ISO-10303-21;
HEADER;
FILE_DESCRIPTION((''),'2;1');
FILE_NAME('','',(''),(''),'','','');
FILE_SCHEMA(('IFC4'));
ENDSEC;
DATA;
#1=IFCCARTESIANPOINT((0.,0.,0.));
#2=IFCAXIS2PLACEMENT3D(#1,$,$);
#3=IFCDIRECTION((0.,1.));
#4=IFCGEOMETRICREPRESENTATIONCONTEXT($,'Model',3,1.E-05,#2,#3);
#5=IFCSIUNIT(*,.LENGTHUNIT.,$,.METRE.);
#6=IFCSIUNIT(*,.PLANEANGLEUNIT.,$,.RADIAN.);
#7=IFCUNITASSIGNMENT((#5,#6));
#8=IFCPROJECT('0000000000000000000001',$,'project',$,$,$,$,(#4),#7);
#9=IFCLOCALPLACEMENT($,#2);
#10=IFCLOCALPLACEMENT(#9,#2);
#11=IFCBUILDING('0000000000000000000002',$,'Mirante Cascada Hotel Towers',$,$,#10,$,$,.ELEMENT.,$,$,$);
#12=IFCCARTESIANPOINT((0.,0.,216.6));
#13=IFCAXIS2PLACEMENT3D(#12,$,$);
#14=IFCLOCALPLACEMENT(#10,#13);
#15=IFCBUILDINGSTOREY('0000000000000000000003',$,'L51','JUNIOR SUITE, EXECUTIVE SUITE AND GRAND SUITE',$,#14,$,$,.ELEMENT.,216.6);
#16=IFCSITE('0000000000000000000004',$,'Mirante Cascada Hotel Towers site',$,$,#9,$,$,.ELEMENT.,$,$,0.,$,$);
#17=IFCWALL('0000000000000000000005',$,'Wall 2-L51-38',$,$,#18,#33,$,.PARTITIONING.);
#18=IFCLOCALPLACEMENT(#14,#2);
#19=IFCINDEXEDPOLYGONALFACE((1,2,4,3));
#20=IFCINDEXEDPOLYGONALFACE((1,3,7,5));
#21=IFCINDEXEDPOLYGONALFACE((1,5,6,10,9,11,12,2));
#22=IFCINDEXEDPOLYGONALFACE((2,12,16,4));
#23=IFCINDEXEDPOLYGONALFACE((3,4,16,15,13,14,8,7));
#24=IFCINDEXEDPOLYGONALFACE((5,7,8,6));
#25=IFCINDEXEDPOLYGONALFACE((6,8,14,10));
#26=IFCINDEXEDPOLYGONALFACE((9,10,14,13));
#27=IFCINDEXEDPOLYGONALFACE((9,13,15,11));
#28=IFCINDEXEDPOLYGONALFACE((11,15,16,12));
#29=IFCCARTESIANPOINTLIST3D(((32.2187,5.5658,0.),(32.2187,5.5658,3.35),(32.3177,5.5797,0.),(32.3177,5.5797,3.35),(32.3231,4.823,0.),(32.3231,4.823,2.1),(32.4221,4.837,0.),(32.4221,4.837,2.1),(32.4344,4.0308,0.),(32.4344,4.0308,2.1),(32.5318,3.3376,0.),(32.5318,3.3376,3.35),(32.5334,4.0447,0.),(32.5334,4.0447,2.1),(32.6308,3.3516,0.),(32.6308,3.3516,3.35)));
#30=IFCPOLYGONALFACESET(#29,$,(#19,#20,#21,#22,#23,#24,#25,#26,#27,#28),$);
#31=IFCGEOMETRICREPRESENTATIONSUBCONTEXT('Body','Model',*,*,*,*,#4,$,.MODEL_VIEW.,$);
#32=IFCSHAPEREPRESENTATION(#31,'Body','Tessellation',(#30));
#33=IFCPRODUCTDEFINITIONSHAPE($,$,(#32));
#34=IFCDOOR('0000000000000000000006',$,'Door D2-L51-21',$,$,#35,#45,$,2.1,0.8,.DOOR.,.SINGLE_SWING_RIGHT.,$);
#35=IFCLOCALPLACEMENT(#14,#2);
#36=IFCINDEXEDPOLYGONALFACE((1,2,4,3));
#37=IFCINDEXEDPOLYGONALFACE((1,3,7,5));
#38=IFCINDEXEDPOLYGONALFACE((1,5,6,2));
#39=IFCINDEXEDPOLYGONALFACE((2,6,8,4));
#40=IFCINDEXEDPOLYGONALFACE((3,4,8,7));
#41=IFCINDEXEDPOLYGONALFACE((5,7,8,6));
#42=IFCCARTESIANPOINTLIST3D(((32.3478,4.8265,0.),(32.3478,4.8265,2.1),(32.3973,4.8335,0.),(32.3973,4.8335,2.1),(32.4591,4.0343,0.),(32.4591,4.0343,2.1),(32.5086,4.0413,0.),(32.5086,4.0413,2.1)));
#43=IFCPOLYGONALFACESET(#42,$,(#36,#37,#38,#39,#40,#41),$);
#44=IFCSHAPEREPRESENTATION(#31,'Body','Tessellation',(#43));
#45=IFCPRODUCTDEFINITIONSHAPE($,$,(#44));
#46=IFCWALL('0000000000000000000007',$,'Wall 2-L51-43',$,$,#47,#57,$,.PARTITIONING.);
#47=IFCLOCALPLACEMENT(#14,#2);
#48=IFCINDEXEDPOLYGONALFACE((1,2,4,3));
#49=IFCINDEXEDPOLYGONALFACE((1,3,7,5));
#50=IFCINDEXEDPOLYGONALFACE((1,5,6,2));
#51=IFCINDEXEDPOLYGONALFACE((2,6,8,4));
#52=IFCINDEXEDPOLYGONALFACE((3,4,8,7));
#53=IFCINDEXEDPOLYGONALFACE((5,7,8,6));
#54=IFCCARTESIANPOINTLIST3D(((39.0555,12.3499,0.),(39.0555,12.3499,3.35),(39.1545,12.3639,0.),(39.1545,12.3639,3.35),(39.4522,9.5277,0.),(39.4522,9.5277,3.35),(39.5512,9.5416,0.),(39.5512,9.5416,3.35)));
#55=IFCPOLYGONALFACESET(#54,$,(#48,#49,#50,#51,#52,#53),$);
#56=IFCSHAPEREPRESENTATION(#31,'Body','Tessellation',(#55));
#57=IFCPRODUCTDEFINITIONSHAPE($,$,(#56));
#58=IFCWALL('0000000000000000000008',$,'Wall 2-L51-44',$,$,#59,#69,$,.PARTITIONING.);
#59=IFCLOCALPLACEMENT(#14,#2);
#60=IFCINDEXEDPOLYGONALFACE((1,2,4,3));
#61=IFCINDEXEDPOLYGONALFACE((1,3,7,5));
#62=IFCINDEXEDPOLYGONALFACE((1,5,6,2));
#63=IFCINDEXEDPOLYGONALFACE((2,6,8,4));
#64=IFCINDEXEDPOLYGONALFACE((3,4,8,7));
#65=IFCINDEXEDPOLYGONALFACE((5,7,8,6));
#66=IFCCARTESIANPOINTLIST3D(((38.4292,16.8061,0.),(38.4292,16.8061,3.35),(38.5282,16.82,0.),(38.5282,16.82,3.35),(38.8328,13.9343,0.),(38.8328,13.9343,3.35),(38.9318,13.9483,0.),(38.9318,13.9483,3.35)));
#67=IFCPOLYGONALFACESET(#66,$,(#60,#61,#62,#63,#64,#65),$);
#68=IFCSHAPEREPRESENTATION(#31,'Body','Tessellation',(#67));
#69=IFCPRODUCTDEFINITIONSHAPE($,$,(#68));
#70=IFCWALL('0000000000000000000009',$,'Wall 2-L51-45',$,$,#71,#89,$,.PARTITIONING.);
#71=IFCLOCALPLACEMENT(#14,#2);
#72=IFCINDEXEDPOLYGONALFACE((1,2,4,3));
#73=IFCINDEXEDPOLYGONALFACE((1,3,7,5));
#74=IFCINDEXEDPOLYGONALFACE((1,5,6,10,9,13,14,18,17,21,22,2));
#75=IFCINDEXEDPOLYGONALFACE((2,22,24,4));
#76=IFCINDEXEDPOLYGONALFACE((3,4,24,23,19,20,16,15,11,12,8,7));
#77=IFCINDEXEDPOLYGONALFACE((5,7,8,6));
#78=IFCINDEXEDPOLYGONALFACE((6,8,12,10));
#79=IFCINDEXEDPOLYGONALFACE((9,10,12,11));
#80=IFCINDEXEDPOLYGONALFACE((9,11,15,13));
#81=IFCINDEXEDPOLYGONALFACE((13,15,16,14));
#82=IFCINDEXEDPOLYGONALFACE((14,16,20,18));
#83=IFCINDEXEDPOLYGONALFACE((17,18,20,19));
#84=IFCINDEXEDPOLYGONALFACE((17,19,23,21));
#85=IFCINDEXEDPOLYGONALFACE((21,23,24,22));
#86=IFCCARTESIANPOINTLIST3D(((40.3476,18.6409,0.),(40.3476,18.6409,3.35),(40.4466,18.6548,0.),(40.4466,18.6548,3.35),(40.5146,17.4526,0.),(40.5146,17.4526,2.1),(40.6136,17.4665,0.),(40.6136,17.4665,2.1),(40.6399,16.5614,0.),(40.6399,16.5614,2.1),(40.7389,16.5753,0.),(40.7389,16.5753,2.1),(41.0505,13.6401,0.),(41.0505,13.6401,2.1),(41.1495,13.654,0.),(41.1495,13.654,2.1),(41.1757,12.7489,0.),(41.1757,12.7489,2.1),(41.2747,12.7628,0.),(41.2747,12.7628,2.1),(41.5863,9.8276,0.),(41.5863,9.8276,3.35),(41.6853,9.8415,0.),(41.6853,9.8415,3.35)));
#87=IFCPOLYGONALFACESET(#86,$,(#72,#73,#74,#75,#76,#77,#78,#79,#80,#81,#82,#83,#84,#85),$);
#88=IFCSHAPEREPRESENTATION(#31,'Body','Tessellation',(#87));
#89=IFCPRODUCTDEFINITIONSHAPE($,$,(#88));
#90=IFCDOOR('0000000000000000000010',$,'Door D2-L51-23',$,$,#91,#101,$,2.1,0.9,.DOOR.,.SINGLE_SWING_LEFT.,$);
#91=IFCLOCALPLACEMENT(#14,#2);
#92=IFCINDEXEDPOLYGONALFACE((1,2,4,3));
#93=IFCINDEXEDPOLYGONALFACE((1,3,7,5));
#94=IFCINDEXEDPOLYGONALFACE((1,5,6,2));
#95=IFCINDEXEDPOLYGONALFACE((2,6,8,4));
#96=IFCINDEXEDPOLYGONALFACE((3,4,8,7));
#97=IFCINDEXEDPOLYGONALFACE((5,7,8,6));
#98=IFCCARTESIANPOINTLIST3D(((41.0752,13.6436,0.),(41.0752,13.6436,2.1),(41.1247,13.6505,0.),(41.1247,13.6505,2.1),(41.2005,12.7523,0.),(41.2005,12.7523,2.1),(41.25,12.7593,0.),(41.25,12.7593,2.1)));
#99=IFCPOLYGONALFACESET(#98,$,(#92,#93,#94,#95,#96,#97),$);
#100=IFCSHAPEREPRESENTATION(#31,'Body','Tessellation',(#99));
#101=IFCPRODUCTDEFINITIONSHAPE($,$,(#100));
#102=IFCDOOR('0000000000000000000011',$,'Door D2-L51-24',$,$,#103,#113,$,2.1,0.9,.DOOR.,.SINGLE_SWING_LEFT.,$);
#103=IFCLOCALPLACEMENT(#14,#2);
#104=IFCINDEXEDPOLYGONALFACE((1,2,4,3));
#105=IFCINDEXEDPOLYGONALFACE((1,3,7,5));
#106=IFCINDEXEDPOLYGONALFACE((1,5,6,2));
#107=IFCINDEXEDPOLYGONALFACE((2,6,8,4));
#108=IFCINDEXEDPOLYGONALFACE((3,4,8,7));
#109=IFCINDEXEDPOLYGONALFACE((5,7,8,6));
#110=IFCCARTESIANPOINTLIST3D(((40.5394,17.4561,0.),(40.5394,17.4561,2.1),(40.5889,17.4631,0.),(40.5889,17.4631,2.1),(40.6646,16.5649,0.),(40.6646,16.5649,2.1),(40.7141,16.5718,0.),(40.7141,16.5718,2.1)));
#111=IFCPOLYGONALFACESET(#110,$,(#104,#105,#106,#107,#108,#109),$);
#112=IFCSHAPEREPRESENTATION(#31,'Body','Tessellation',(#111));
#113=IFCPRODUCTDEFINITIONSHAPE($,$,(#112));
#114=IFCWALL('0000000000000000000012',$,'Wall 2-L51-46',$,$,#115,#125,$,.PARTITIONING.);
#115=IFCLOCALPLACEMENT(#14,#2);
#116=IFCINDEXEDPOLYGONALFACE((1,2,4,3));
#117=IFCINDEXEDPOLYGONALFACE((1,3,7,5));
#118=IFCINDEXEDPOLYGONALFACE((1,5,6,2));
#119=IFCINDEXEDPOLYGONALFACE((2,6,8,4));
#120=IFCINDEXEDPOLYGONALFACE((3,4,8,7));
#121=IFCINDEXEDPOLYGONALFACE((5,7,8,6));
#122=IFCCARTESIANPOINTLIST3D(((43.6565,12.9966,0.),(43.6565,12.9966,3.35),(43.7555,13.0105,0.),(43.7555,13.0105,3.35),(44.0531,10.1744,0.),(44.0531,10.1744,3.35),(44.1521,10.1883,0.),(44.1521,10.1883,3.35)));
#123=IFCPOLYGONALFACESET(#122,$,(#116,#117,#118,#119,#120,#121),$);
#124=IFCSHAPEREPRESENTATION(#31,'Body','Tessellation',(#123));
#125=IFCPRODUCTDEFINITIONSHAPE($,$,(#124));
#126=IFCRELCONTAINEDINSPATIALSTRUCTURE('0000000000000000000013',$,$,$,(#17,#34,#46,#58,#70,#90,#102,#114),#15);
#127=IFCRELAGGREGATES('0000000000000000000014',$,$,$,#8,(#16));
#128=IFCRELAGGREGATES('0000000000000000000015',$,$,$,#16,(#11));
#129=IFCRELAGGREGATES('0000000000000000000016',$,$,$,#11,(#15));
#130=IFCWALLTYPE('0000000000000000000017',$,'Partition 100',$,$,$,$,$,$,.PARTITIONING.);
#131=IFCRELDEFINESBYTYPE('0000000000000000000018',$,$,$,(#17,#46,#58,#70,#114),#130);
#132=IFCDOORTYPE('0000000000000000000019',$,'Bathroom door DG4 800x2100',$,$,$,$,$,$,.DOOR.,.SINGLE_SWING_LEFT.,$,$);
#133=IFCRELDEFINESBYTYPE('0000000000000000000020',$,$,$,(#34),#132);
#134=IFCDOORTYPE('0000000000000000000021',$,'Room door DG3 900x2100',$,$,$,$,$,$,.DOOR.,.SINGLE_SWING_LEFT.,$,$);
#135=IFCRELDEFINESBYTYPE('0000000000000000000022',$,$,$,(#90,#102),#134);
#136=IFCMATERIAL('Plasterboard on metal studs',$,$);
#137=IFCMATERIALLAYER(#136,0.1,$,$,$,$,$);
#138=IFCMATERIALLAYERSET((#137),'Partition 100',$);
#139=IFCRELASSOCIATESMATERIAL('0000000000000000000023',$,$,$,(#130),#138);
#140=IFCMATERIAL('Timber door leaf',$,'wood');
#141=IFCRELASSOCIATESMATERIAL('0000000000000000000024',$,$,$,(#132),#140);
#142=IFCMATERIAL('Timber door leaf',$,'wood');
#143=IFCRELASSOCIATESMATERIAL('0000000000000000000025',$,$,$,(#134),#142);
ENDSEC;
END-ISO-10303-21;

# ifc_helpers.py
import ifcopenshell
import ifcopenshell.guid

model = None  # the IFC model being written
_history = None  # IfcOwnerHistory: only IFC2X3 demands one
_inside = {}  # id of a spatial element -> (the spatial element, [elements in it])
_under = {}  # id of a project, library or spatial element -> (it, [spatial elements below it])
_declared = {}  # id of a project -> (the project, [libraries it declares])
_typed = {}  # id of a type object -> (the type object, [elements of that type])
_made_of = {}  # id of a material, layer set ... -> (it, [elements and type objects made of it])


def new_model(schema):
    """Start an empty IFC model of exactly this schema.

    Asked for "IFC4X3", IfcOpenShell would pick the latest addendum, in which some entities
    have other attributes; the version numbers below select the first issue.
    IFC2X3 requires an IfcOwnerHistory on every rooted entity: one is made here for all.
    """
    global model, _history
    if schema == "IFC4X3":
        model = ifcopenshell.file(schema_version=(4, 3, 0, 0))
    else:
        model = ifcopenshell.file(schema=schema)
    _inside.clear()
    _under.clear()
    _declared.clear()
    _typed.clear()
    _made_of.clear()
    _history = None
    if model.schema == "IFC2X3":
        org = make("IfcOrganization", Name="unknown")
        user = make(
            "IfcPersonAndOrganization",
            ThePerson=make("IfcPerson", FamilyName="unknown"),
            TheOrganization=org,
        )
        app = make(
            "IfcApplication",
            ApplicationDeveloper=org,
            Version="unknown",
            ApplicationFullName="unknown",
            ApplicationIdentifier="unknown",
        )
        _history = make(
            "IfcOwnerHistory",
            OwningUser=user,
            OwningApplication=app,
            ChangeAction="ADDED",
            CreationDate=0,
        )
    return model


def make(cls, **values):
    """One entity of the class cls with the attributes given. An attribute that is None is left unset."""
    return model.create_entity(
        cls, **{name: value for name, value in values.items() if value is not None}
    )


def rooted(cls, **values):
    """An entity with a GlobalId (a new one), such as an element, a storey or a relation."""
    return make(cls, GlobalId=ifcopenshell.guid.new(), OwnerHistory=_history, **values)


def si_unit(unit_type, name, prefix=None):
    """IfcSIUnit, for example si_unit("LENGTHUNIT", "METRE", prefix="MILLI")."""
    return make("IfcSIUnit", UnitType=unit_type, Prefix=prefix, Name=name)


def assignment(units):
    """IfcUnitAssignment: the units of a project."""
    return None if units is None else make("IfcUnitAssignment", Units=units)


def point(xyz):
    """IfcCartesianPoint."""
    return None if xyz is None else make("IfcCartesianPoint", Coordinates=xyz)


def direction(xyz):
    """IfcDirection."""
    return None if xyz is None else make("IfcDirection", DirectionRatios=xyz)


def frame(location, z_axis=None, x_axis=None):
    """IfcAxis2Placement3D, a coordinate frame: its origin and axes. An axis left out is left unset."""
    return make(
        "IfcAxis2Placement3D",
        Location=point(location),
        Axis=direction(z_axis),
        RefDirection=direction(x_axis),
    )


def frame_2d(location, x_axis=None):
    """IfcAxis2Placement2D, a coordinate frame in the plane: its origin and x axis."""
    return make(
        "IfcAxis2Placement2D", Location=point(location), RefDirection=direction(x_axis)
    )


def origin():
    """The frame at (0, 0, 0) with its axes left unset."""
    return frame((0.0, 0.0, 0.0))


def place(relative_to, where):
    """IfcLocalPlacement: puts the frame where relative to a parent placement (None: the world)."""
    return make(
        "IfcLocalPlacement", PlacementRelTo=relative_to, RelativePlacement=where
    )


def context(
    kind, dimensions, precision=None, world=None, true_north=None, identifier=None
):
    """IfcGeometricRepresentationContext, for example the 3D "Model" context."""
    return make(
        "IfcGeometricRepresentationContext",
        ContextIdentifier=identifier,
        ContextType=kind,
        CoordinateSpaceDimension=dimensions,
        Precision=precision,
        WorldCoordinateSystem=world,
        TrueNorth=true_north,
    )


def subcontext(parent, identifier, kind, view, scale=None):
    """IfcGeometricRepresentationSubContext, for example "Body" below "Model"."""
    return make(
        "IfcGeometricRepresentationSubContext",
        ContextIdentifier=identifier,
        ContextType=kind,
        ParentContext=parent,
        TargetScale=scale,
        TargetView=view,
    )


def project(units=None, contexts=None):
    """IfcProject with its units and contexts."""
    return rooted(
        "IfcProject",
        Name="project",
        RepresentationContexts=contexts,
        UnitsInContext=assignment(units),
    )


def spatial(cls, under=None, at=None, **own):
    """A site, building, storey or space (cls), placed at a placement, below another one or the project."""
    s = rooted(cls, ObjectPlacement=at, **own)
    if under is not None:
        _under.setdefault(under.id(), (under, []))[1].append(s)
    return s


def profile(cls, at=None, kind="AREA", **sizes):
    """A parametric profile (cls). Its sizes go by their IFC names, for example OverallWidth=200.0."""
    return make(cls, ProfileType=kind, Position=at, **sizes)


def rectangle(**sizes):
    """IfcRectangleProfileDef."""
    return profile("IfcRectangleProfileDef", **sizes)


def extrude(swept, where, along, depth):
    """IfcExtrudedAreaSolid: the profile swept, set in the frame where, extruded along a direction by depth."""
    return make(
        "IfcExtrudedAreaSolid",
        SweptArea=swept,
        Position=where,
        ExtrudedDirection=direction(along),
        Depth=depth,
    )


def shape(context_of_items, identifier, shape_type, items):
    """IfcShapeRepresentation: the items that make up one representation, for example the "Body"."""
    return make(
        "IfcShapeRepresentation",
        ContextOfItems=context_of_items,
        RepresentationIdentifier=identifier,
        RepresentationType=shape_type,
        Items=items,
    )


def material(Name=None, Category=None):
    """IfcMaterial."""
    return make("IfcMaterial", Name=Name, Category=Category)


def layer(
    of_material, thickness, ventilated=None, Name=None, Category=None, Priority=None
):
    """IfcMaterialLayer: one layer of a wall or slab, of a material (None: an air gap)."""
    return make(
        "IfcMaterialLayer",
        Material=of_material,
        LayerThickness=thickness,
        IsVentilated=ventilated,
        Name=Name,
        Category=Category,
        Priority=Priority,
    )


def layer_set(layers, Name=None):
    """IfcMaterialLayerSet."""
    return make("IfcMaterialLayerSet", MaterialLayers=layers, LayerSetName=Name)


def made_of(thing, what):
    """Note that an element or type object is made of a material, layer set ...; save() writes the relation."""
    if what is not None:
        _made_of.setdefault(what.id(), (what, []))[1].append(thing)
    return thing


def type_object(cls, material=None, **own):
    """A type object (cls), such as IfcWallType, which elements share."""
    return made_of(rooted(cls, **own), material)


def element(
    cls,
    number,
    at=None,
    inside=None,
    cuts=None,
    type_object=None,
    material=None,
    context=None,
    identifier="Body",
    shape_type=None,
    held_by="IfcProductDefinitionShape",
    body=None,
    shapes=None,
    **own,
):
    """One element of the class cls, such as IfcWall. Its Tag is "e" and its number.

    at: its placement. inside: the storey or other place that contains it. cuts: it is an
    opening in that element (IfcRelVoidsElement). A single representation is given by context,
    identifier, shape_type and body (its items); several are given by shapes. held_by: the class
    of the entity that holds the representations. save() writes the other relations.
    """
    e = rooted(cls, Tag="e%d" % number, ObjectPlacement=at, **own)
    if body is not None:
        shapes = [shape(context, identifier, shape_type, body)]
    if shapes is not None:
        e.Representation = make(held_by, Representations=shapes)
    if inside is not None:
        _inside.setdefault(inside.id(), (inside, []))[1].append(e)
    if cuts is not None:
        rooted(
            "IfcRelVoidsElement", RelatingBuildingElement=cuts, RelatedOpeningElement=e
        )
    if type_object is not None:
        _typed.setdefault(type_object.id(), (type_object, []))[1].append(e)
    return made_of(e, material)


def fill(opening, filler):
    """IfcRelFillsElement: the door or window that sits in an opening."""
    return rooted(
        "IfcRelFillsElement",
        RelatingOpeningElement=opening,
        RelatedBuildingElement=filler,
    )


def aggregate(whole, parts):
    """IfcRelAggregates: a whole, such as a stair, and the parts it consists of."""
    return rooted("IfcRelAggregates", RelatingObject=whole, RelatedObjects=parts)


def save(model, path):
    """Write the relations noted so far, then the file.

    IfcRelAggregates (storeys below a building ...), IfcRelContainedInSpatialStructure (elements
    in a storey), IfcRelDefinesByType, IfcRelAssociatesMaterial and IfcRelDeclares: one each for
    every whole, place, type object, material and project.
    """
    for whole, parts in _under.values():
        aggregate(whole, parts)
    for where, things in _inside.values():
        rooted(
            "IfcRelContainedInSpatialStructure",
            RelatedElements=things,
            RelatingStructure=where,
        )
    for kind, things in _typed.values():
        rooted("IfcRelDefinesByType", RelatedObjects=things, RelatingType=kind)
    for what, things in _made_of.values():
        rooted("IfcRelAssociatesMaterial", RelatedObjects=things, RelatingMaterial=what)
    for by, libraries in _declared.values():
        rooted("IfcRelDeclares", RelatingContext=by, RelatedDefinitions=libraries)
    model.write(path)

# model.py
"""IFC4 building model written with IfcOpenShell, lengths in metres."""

from ifc_helpers import new_model, si_unit, direction, frame, frame_2d, origin, place, context, subcontext, project, spatial, rectangle, extrude, material, layer, layer_set, type_object, element, fill, save


model = new_model("IFC4")

# Units and contexts
model_context = context("Model", 3, precision=1e-05, world=origin(), true_north=direction((0.0, 1.0)))
body_context = subcontext(model_context, "Body", "Model", "MODEL_VIEW")
ifc_project = project(units=[si_unit("LENGTHUNIT", "METRE"), si_unit("PLANEANGLEUNIT", "RADIAN")], contexts=[model_context])

# Site, building, storey
site_placement = place(None, origin())
site = spatial("IfcSite", under=ifc_project, at=site_placement, Name="Mirante Cascada Hotel Towers site", CompositionType="ELEMENT", RefElevation=0.0)
building_placement = place(site_placement, origin())
building = spatial("IfcBuilding", under=site, at=building_placement, Name="Mirante Cascada Hotel Towers", CompositionType="ELEMENT")
storey_placement = place(building_placement, frame((0.0, 0.0, 216.6)))
storey = spatial("IfcBuildingStorey", under=building, at=storey_placement, Name="L51", Description="JUNIOR SUITE, EXECUTIVE SUITE AND GRAND SUITE", CompositionType="ELEMENT", Elevation=216.6)

# Shared definitions
ifc_material_1 = material(Name="Plasterboard on metal studs")
ifc_layer_1 = layer(ifc_material_1, 0.1)
ifc_layer_set_1 = layer_set([ifc_layer_1], Name="Partition 100")
wall_type_1 = type_object("IfcWallType", Name="Partition 100", PredefinedType="PARTITIONING", material=ifc_layer_set_1)

# Shared definitions
ifc_material_2 = material(Name="Timber door leaf", Category="wood")
door_type_1 = type_object("IfcDoorType", Name="Bathroom door DG4 800x2100", OperationType="SINGLE_SWING_LEFT", PredefinedType="DOOR", material=ifc_material_2)

# Wall, opening, door
wall_1_placement = place(storey_placement, frame((32.5813, 3.3446, 0.0), z_axis=(0.0, 0.0, 1.0), x_axis=(-0.139156, 0.990271, 0.0)))
wall_1 = element("IfcWall", 1, at=wall_1_placement, inside=storey, type_object=wall_type_1, Name="Wall 2-L51-38", PredefinedType="PARTITIONING", context=body_context, shape_type="SweptSolid", body=[
    extrude(rectangle(XDim=2.25, YDim=0.1, at=frame_2d((1.125, 0.0))), origin(), (0.0, 0.0, 1.0), 3.35),
])
opening_1_placement = place(wall_1_placement, frame((0.7, 0.0, 0.0)))
opening_1 = element("IfcOpeningElement", 2, at=opening_1_placement, cuts=wall_1, PredefinedType="OPENING", context=body_context, shape_type="SweptSolid", body=[
    extrude(rectangle(XDim=0.8, YDim=2.1, at=frame_2d((0.4, 1.05))), frame((0.0, 0.05, 0.0), z_axis=(0.0, -1.0, 0.0), x_axis=(1.0, 0.0, 0.0)), (0.0, 0.0, 1.0), 0.1),
])
door_1_placement = place(opening_1_placement, frame((0.8, 0.0, 0.0), z_axis=(0.0, 0.0, 1.0), x_axis=(-1.0, 0.0, 0.0)))
door_1 = element("IfcDoor", 3, at=door_1_placement, inside=storey, type_object=door_type_1, Name="Door D2-L51-21", OperationType="SINGLE_SWING_RIGHT", OverallHeight=2.1, OverallWidth=0.8, PredefinedType="DOOR", context=body_context, shape_type="SweptSolid", body=[
    extrude(rectangle(XDim=0.8, YDim=2.1, at=frame_2d((0.4, 1.05))), frame((0.0, 0.025, 0.0), z_axis=(0.0, -1.0, 0.0), x_axis=(1.0, 0.0, 0.0)), (0.0, 0.0, 1.0), 0.05),
])
fill(opening_1, door_1)

# Walls
wall_2_placement = place(storey_placement, frame((39.105, 12.3569, 0.0), z_axis=(0.0, 0.0, 1.0), x_axis=(0.139191, -0.990266, 0.0)))
element("IfcWall", 4, at=wall_2_placement, inside=storey, type_object=wall_type_1, Name="Wall 2-L51-43", PredefinedType="PARTITIONING", context=body_context, shape_type="SweptSolid", body=[
    extrude(rectangle(XDim=2.85, YDim=0.1, at=frame_2d((1.425, 0.0))), origin(), (0.0, 0.0, 1.0), 3.35),
])
wall_3_placement = place(storey_placement, frame((38.8823, 13.9413, 0.0), z_axis=(0.0, 0.0, 1.0), x_axis=(-0.139171, 0.990268, 0.0)))
element("IfcWall", 5, at=wall_3_placement, inside=storey, type_object=wall_type_1, Name="Wall 2-L51-44", PredefinedType="PARTITIONING", context=body_context, shape_type="SweptSolid", body=[
    extrude(rectangle(XDim=2.9, YDim=0.1, at=frame_2d((1.45, 0.0))), origin(), (0.0, 0.0, 1.0), 3.35),
])

# Wall, openings, doors
wall_4_placement = place(storey_placement, frame((40.3971, 18.6479, 0.0), z_axis=(0.0, 0.0, 1.0), x_axis=(0.139181, -0.990267, 0.0)))
wall_4 = element("IfcWall", 6, at=wall_4_placement, inside=storey, type_object=wall_type_1, Name="Wall 2-L51-45", PredefinedType="PARTITIONING", context=body_context, shape_type="SweptSolid", body=[
    extrude(rectangle(XDim=8.8999, YDim=0.1, at=frame_2d((4.45, 0.0))), origin(), (0.0, 0.0, 1.0), 3.35),
])
opening_2_placement = place(wall_4_placement, frame((5.05, 0.0, 0.0)))
opening_2 = element("IfcOpeningElement", 7, at=opening_2_placement, cuts=wall_4, PredefinedType="OPENING", context=body_context, shape_type="SweptSolid", body=[
    extrude(rectangle(XDim=0.9, YDim=2.1, at=frame_2d((0.45, 1.05))), frame((0.0, 0.05, 0.0), z_axis=(0.0, -1.0, 0.0), x_axis=(1.0, 0.0, 0.0)), (0.0, 0.0, 1.0), 0.1),
])
opening_3_placement = place(wall_4_placement, frame((1.2, 0.0, 0.0)))
opening_3 = element("IfcOpeningElement", 8, at=opening_3_placement, cuts=wall_4, PredefinedType="OPENING", context=body_context, shape_type="SweptSolid", body=[
    extrude(rectangle(XDim=0.9, YDim=2.1, at=frame_2d((0.45, 1.05))), frame((0.0, 0.05, 0.0), z_axis=(0.0, -1.0, 0.0), x_axis=(1.0, 0.0, 0.0)), (0.0, 0.0, 1.0), 0.1),
])
ifc_material_3 = material(Name="Timber door leaf", Category="wood")
door_type_2 = type_object("IfcDoorType", Name="Room door DG3 900x2100", OperationType="SINGLE_SWING_LEFT", PredefinedType="DOOR", material=ifc_material_3)
door_2_placement = place(opening_2_placement, origin())
door_2 = element("IfcDoor", 9, at=door_2_placement, inside=storey, type_object=door_type_2, Name="Door D2-L51-23", OperationType="SINGLE_SWING_LEFT", OverallHeight=2.1, OverallWidth=0.9, PredefinedType="DOOR", context=body_context, shape_type="SweptSolid", body=[
    extrude(rectangle(XDim=0.9, YDim=2.1, at=frame_2d((0.45, 1.05))), frame((0.0, 0.025, 0.0), z_axis=(0.0, -1.0, 0.0), x_axis=(1.0, 0.0, 0.0)), (0.0, 0.0, 1.0), 0.05),
])
fill(opening_2, door_2)
door_3_placement = place(opening_3_placement, origin())
door_3 = element("IfcDoor", 10, at=door_3_placement, inside=storey, type_object=door_type_2, Name="Door D2-L51-24", OperationType="SINGLE_SWING_LEFT", OverallHeight=2.1, OverallWidth=0.9, PredefinedType="DOOR", context=body_context, shape_type="SweptSolid", body=[
    extrude(rectangle(XDim=0.9, YDim=2.1, at=frame_2d((0.45, 1.05))), frame((0.0, 0.025, 0.0), z_axis=(0.0, -1.0, 0.0), x_axis=(1.0, 0.0, 0.0)), (0.0, 0.0, 1.0), 0.05),
])
fill(opening_3, door_3)

# Wall
wall_5_placement = place(storey_placement, frame((44.1026, 10.1813, 0.0), z_axis=(0.0, 0.0, 1.0), x_axis=(-0.139161, 0.99027, 0.0)))
element("IfcWall", 11, at=wall_5_placement, inside=storey, type_object=wall_type_1, Name="Wall 2-L51-46", PredefinedType="PARTITIONING", context=body_context, shape_type="SweptSolid", body=[
    extrude(rectangle(XDim=2.8499, YDim=0.1, at=frame_2d((1.425, 0.0))), origin(), (0.0, 0.0, 1.0), 3.35),
])

save(model, "model.ifc")
